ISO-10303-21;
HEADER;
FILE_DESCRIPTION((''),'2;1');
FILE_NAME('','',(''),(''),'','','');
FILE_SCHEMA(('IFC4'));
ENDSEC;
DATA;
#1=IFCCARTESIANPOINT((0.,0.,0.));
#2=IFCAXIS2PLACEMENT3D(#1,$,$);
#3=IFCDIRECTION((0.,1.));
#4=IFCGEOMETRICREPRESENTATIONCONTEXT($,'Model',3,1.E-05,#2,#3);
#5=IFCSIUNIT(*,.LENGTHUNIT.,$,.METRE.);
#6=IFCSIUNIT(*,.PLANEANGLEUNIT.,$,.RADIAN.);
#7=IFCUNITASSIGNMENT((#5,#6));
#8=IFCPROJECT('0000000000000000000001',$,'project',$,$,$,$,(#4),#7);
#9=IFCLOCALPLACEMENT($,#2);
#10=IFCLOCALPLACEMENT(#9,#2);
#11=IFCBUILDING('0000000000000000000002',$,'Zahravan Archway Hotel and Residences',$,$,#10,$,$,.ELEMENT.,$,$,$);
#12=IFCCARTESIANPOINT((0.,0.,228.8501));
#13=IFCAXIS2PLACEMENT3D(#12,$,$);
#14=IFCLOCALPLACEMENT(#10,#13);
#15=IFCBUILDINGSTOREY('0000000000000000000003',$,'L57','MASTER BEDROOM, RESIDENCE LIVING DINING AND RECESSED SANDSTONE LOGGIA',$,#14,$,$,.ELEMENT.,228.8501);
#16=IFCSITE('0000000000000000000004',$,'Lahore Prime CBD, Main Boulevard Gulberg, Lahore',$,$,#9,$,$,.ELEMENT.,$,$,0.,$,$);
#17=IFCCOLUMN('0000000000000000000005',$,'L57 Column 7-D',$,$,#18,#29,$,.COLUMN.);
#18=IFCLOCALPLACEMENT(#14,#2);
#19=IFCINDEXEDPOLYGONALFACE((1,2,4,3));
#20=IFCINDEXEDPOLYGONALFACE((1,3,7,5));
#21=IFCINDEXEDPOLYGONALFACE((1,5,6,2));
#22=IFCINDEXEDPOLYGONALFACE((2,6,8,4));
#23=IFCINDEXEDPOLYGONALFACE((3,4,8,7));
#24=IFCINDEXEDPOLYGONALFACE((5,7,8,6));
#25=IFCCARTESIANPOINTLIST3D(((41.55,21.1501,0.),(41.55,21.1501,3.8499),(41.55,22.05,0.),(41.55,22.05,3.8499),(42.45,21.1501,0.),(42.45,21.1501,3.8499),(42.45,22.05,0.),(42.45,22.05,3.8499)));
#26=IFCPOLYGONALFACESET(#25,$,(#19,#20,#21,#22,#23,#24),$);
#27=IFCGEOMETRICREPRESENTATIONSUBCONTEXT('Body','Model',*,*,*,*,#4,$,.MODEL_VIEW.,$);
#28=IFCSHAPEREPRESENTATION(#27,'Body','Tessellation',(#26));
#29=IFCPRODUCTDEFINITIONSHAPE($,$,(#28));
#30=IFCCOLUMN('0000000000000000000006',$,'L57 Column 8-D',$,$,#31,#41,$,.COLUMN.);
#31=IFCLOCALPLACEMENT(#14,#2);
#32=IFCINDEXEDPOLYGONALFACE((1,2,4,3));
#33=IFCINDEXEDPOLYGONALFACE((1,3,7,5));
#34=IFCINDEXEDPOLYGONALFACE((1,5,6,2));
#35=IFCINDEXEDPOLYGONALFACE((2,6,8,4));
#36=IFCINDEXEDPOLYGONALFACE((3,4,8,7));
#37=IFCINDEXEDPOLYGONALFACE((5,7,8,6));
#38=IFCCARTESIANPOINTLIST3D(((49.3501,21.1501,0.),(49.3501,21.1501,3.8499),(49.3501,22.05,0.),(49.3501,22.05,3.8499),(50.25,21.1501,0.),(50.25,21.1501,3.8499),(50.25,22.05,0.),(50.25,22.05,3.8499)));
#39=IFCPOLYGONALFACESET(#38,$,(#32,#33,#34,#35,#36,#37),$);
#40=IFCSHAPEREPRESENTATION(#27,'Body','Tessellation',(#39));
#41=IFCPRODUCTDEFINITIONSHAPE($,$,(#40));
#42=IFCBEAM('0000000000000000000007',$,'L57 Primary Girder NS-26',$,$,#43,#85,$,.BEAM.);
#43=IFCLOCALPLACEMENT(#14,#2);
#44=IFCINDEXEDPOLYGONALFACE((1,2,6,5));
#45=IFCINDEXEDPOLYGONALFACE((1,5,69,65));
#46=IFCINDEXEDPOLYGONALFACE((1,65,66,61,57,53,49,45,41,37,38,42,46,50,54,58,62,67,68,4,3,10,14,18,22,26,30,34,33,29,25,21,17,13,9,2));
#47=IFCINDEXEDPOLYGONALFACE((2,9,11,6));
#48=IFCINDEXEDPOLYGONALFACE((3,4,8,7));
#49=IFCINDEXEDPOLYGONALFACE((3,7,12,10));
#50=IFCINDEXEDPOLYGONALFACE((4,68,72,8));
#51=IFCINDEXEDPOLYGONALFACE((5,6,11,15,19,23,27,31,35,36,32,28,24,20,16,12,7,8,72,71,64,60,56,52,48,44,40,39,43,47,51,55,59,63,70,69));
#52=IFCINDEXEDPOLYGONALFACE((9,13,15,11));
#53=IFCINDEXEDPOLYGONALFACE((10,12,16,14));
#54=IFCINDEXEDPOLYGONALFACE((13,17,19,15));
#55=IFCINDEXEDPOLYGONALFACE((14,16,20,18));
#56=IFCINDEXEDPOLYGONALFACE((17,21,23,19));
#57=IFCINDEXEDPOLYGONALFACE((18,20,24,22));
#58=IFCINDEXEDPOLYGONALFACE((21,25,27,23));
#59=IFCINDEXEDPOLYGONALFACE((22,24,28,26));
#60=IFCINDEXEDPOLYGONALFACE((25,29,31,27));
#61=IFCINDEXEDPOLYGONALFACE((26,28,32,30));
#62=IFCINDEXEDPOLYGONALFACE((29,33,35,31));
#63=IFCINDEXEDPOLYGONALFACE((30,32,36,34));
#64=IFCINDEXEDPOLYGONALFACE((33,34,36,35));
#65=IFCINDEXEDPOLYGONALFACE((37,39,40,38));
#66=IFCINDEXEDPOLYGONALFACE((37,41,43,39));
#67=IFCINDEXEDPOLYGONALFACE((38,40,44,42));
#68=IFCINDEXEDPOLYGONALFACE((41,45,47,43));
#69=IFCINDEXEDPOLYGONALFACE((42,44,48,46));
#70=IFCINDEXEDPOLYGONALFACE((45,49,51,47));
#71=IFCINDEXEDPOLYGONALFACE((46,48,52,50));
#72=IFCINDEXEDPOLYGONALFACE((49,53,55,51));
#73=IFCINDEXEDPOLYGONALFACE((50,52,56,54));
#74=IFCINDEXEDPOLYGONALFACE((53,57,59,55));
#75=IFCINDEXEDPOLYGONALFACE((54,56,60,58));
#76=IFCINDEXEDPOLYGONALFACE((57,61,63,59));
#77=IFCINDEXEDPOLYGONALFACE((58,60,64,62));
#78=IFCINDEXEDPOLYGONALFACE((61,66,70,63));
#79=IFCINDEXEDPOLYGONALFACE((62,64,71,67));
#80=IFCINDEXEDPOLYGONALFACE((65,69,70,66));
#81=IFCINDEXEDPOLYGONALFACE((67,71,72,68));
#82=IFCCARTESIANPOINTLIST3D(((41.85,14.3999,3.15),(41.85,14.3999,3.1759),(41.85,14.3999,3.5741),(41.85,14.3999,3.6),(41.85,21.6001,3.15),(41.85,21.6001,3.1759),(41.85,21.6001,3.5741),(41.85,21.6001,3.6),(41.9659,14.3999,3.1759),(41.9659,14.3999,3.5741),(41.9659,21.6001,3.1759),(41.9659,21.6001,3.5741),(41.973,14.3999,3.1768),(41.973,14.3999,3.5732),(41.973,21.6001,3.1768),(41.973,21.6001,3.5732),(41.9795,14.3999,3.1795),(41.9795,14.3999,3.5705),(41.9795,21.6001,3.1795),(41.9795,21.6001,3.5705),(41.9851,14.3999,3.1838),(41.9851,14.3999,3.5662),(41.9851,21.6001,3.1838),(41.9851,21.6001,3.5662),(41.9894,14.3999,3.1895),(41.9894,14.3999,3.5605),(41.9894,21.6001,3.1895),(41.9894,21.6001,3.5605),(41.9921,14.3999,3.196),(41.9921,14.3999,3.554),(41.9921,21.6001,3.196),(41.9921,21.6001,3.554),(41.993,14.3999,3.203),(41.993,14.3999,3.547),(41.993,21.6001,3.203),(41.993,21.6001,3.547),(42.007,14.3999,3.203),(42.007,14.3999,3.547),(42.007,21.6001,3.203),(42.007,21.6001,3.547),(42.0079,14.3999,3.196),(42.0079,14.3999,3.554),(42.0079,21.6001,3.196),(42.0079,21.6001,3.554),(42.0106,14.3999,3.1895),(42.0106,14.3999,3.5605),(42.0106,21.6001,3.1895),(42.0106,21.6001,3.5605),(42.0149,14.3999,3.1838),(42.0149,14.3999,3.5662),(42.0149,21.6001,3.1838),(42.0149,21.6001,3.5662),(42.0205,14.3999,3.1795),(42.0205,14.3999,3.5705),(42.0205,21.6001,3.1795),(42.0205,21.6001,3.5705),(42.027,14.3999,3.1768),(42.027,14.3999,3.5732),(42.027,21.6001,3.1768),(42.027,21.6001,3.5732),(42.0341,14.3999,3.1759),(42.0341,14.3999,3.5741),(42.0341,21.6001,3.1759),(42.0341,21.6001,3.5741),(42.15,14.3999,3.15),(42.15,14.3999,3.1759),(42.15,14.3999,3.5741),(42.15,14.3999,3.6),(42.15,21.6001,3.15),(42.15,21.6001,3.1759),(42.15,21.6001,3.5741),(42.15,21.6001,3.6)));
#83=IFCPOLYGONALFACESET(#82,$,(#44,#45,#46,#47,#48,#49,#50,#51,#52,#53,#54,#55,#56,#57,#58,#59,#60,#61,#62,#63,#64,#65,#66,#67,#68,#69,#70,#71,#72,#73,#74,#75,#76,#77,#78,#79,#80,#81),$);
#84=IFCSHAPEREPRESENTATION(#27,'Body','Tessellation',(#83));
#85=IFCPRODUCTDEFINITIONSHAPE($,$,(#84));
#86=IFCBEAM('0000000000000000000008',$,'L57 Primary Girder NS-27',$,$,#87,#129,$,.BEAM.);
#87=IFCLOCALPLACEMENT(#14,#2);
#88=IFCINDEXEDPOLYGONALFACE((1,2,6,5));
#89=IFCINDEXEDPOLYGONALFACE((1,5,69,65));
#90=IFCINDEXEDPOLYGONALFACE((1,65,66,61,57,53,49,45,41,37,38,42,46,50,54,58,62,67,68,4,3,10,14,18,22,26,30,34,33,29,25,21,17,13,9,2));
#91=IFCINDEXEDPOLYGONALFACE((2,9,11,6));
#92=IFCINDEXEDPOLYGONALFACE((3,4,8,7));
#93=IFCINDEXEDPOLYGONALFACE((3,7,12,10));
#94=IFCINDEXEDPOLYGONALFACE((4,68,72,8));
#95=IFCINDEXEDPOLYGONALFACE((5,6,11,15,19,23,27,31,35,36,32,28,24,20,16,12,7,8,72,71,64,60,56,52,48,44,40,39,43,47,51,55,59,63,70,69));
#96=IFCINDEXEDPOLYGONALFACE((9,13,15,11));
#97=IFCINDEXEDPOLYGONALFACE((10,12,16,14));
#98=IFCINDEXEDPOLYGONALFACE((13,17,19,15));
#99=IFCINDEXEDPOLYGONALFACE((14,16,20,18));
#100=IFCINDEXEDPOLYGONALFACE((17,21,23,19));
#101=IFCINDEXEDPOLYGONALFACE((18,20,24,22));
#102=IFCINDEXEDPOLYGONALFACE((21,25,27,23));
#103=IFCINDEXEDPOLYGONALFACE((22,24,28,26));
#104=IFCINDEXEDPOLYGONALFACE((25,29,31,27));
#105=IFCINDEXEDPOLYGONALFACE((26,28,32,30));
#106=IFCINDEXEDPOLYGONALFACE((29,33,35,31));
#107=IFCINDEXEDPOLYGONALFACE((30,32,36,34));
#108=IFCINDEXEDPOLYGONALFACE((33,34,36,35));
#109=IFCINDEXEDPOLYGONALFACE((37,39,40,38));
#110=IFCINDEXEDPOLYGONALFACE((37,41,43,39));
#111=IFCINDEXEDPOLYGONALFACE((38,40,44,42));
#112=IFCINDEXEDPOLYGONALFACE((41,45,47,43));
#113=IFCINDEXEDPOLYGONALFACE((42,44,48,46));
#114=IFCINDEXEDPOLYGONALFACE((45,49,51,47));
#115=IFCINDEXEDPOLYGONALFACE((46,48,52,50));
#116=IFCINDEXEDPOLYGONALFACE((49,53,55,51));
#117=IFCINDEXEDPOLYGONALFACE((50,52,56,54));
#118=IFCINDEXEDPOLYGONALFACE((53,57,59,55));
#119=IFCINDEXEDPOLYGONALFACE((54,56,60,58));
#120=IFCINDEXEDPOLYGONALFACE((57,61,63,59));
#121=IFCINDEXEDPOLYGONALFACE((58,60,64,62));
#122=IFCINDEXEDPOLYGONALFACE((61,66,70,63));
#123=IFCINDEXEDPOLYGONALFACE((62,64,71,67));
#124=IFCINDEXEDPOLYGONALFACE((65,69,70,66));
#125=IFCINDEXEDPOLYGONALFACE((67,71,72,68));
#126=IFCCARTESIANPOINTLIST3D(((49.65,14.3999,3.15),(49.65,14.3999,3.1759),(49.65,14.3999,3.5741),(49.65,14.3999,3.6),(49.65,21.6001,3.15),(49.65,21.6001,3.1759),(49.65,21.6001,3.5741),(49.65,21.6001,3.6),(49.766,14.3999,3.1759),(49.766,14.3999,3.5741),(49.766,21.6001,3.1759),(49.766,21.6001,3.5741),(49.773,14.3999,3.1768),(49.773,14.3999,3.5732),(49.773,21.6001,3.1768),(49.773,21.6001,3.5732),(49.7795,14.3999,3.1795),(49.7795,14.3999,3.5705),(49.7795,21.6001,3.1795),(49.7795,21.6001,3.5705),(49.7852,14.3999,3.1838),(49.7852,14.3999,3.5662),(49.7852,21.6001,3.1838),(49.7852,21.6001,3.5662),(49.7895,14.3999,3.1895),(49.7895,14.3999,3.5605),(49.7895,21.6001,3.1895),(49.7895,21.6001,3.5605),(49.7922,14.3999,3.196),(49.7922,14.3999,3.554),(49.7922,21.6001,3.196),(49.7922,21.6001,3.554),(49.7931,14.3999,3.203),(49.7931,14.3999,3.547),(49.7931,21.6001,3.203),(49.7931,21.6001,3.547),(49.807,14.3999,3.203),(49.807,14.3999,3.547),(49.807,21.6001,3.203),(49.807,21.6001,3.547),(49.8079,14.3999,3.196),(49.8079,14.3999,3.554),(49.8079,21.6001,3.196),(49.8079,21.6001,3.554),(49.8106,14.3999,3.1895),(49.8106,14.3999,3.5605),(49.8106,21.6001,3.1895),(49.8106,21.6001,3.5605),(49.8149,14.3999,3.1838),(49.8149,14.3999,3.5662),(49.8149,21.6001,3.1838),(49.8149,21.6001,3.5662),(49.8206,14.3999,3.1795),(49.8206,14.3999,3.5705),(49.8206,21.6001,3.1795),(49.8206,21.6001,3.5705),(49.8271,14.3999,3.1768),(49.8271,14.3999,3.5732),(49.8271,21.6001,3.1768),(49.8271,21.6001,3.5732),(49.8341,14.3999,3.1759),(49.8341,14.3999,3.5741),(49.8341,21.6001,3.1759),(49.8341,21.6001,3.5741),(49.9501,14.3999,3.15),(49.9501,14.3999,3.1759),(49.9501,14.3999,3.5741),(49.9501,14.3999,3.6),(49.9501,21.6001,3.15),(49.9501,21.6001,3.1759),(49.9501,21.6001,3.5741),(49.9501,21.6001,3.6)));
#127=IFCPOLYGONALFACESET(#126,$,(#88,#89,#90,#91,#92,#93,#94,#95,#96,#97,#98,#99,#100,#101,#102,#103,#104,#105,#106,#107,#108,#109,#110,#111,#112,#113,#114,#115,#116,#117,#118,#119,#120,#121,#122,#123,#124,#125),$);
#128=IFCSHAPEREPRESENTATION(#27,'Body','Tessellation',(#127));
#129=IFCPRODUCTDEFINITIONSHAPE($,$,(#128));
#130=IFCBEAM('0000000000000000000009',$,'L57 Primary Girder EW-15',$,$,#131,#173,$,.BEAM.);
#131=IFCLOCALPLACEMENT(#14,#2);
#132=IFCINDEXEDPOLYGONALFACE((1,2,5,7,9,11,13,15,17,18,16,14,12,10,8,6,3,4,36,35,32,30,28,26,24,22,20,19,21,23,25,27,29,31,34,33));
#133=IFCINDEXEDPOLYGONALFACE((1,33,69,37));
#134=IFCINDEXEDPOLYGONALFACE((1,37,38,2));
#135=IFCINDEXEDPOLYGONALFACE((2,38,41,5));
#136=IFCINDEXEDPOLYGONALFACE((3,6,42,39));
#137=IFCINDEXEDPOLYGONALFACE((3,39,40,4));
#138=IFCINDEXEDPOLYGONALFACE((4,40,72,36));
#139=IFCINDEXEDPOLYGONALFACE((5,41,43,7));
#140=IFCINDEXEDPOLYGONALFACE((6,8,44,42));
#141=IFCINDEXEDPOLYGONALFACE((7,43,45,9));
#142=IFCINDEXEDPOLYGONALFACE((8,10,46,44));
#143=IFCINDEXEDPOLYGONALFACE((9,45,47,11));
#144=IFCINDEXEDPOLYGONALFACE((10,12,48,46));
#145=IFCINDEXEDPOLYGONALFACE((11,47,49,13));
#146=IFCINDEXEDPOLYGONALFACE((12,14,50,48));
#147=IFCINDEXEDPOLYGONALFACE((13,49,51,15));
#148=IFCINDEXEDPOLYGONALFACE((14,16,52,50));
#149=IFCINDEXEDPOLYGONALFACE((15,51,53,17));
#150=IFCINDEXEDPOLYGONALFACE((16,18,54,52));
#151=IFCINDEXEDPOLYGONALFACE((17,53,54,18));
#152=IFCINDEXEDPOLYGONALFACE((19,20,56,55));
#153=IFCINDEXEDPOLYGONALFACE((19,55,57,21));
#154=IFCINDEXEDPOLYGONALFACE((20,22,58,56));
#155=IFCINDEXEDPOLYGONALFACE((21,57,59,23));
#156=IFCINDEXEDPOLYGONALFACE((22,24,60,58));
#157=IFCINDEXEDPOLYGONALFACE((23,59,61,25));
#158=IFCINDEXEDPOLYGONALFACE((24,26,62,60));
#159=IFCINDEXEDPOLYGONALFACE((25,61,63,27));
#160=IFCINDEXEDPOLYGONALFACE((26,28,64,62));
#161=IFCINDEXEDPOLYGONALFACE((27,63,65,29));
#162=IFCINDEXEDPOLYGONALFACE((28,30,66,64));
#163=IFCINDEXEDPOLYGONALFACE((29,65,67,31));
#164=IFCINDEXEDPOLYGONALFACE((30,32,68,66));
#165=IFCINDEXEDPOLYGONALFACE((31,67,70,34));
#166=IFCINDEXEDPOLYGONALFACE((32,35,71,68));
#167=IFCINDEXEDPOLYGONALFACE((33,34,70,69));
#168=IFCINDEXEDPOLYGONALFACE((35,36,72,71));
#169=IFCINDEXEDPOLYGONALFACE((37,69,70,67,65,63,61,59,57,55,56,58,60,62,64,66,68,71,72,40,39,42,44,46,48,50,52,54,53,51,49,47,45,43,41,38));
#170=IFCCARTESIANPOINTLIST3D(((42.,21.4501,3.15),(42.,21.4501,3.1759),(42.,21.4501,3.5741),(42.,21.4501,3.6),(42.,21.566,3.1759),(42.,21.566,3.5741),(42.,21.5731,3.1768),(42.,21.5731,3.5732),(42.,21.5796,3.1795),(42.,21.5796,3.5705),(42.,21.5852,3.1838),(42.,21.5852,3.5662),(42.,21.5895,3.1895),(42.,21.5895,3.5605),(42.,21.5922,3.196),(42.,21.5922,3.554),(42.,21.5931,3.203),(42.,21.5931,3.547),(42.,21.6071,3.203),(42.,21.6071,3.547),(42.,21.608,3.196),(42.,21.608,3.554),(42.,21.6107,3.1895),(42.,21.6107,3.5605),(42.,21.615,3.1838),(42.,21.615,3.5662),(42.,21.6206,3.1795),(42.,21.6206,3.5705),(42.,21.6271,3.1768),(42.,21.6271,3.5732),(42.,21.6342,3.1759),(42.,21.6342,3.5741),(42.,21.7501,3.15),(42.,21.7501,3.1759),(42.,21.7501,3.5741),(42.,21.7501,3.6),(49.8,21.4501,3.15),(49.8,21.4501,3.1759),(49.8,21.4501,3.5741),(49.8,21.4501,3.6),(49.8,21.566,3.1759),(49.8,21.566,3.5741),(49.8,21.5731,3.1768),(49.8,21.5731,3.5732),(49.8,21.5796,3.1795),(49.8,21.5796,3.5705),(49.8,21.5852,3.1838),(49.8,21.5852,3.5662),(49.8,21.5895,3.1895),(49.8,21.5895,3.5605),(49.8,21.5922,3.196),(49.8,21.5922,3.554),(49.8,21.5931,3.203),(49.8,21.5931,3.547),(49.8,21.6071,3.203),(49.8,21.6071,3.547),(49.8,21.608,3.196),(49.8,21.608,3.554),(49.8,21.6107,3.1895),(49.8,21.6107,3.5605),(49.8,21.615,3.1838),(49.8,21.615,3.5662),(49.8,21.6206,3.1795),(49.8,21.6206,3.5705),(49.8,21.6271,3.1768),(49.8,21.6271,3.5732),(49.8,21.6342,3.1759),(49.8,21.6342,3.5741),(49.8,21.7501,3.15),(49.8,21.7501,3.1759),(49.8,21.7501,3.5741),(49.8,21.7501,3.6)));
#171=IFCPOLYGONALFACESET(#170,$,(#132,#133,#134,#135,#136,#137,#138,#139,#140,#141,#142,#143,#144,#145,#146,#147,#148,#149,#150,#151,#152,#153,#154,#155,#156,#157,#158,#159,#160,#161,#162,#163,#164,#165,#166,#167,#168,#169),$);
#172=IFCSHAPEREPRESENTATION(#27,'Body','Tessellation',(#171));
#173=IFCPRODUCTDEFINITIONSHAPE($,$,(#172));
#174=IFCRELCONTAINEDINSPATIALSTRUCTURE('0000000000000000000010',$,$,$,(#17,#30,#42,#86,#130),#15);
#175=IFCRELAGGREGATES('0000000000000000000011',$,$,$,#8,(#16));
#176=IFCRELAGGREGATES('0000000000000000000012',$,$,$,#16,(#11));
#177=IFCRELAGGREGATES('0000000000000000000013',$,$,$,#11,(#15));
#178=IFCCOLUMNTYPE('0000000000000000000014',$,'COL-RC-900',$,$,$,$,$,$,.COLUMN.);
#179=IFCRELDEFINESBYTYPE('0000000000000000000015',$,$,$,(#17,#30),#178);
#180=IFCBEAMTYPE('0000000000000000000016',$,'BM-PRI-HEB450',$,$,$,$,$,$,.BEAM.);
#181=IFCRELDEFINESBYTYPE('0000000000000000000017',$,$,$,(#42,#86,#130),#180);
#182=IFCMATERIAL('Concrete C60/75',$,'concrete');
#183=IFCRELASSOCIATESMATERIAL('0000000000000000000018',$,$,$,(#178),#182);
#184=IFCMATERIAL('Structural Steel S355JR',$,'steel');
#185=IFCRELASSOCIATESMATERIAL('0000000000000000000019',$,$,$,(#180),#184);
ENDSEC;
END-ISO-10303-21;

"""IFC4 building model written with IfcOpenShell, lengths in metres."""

from ifc_helpers import new_model, si_unit, direction, frame, origin, origin_2d, place, context, subcontext, project, spatial, rectangle, i_section, extrude, source, transform, mapped, material, material_profile, profile_set, type_object, type_shapes, element, save


model = new_model("IFC4")

# Units and contexts
model_context = context("Model", 3, precision=1e-05, world=origin(), true_north=direction((0.0, 1.0)))
body_context = subcontext(model_context, "Body", "Model", "MODEL_VIEW")
ifc_project = project(units=[si_unit("LENGTHUNIT", "METRE"), si_unit("PLANEANGLEUNIT", "RADIAN")], contexts=[model_context])

# Site, building, storey
site_placement = place(None, origin())
site = spatial("IfcSite", under=ifc_project, at=site_placement, Name="Lahore Prime CBD, Main Boulevard Gulberg, Lahore", CompositionType="ELEMENT", RefElevation=0.0)
building_placement = place(site_placement, origin())
building = spatial("IfcBuilding", under=site, at=building_placement, Name="Zahravan Archway Hotel and Residences", CompositionType="ELEMENT")
storey_placement = place(building_placement, frame((0.0, 0.0, 228.8501)))
storey = spatial("IfcBuildingStorey", under=building, at=storey_placement, Name="L57", Description="MASTER BEDROOM, RESIDENCE LIVING DINING AND RECESSED SANDSTONE LOGGIA", CompositionType="ELEMENT", Elevation=228.8501)

# Columns
ifc_material_1 = material(Name="Concrete C60/75", Category="concrete")
ifc_material_profile_1 = material_profile(ifc_material_1, rectangle(XDim=0.8999, YDim=0.8999, at=origin_2d()), Name="RC-COL-900x900", Category="concrete")
ifc_profile_set_1 = profile_set([ifc_material_profile_1], Name="Concrete C60/75")
column_type = type_object("IfcColumnType", Name="COL-RC-900", PredefinedType="COLUMN", material=ifc_profile_set_1)
shared_shape_1 = source(origin(), body_context, "Body", "SweptSolid", [
    extrude(rectangle(XDim=0.8999, YDim=0.8999, at=origin_2d()), origin(), (0.0, 0.0, 1.0), 3.8499),
])
for number, where, z_axis, x_axis, name in (
    (1, (42.0, 21.6001, 0.0), (0.0, 0.0, 1.0), (1.0, 0.0, 0.0), "L57 Column 7-D"),
    (2, (49.8, 21.6001, 0.0), (0.0, 0.0, 1.0), (1.0, 0.0, 0.0), "L57 Column 8-D"),
):
    element("IfcColumn", number, at=place(storey_placement, frame(where, z_axis=z_axis, x_axis=x_axis)), inside=storey, type_object=column_type, Name=name, PredefinedType="COLUMN", context=body_context, shape_type="MappedRepresentation", body=[
        mapped(shared_shape_1, transform((0.0, 0.0, 0.0), scale=1.0)),
    ])

# Beams
ifc_material_2 = material(Name="Structural Steel S355JR", Category="steel")
ifc_material_profile_2 = material_profile(ifc_material_2, i_section(OverallWidth=0.3, OverallDepth=0.45, WebThickness=0.0139, FlangeThickness=0.0259, FilletRadius=0.0271, at=origin_2d()), Name="HEB 450", Category="steel")
ifc_profile_set_2 = profile_set([ifc_material_profile_2], Name="Structural Steel S355JR")
beam_type = type_object("IfcBeamType", Name="BM-PRI-HEB450", PredefinedType="BEAM", material=ifc_profile_set_2)
shared_shape_2 = source(origin(), body_context, "Body", "SweptSolid", [
    extrude(i_section(OverallWidth=0.3, OverallDepth=0.45, WebThickness=0.0139, FlangeThickness=0.0259, FilletRadius=0.0271, at=origin_2d()), origin(), (0.0, 0.0, 1.0), 7.2002),
])
type_shapes(beam_type, [shared_shape_2])
for number, where, z_axis, x_axis, name in (
    (3, (42.0, 14.3999, 3.375), (0.0, 1.0, 0.0), (-1.0, 0.0, 0.0), "L57 Primary Girder NS-26"),
    (4, (49.8, 14.3999, 3.375), (0.0, 1.0, 0.0), (-1.0, 0.0, 0.0), "L57 Primary Girder NS-27"),
):
    element("IfcBeam", number, at=place(storey_placement, frame(where, z_axis=z_axis, x_axis=x_axis)), inside=storey, type_object=beam_type, Name=name, PredefinedType="BEAM", context=body_context, shape_type="MappedRepresentation", body=[
        mapped(shared_shape_2, transform((0.0, 0.0, 0.0), scale=1.0)),
    ])
shared_shape_3 = source(origin(), body_context, "Body", "SweptSolid", [
    extrude(i_section(OverallWidth=0.3, OverallDepth=0.45, WebThickness=0.0139, FlangeThickness=0.0259, FilletRadius=0.0271, at=origin_2d()), origin(), (0.0, 0.0, 1.0), 7.8),
])
beam_placement = place(storey_placement, frame((42.0, 21.6001, 3.375), z_axis=(1.0, 0.0, 0.0), x_axis=(0.0, 1.0, 0.0)))
element("IfcBeam", 5, at=beam_placement, inside=storey, type_object=beam_type, Name="L57 Primary Girder EW-15", PredefinedType="BEAM", context=body_context, shape_type="MappedRepresentation", body=[
    mapped(shared_shape_3, transform((0.0, 0.0, 0.0), scale=1.0)),
])

save(model, "model.ifc")
